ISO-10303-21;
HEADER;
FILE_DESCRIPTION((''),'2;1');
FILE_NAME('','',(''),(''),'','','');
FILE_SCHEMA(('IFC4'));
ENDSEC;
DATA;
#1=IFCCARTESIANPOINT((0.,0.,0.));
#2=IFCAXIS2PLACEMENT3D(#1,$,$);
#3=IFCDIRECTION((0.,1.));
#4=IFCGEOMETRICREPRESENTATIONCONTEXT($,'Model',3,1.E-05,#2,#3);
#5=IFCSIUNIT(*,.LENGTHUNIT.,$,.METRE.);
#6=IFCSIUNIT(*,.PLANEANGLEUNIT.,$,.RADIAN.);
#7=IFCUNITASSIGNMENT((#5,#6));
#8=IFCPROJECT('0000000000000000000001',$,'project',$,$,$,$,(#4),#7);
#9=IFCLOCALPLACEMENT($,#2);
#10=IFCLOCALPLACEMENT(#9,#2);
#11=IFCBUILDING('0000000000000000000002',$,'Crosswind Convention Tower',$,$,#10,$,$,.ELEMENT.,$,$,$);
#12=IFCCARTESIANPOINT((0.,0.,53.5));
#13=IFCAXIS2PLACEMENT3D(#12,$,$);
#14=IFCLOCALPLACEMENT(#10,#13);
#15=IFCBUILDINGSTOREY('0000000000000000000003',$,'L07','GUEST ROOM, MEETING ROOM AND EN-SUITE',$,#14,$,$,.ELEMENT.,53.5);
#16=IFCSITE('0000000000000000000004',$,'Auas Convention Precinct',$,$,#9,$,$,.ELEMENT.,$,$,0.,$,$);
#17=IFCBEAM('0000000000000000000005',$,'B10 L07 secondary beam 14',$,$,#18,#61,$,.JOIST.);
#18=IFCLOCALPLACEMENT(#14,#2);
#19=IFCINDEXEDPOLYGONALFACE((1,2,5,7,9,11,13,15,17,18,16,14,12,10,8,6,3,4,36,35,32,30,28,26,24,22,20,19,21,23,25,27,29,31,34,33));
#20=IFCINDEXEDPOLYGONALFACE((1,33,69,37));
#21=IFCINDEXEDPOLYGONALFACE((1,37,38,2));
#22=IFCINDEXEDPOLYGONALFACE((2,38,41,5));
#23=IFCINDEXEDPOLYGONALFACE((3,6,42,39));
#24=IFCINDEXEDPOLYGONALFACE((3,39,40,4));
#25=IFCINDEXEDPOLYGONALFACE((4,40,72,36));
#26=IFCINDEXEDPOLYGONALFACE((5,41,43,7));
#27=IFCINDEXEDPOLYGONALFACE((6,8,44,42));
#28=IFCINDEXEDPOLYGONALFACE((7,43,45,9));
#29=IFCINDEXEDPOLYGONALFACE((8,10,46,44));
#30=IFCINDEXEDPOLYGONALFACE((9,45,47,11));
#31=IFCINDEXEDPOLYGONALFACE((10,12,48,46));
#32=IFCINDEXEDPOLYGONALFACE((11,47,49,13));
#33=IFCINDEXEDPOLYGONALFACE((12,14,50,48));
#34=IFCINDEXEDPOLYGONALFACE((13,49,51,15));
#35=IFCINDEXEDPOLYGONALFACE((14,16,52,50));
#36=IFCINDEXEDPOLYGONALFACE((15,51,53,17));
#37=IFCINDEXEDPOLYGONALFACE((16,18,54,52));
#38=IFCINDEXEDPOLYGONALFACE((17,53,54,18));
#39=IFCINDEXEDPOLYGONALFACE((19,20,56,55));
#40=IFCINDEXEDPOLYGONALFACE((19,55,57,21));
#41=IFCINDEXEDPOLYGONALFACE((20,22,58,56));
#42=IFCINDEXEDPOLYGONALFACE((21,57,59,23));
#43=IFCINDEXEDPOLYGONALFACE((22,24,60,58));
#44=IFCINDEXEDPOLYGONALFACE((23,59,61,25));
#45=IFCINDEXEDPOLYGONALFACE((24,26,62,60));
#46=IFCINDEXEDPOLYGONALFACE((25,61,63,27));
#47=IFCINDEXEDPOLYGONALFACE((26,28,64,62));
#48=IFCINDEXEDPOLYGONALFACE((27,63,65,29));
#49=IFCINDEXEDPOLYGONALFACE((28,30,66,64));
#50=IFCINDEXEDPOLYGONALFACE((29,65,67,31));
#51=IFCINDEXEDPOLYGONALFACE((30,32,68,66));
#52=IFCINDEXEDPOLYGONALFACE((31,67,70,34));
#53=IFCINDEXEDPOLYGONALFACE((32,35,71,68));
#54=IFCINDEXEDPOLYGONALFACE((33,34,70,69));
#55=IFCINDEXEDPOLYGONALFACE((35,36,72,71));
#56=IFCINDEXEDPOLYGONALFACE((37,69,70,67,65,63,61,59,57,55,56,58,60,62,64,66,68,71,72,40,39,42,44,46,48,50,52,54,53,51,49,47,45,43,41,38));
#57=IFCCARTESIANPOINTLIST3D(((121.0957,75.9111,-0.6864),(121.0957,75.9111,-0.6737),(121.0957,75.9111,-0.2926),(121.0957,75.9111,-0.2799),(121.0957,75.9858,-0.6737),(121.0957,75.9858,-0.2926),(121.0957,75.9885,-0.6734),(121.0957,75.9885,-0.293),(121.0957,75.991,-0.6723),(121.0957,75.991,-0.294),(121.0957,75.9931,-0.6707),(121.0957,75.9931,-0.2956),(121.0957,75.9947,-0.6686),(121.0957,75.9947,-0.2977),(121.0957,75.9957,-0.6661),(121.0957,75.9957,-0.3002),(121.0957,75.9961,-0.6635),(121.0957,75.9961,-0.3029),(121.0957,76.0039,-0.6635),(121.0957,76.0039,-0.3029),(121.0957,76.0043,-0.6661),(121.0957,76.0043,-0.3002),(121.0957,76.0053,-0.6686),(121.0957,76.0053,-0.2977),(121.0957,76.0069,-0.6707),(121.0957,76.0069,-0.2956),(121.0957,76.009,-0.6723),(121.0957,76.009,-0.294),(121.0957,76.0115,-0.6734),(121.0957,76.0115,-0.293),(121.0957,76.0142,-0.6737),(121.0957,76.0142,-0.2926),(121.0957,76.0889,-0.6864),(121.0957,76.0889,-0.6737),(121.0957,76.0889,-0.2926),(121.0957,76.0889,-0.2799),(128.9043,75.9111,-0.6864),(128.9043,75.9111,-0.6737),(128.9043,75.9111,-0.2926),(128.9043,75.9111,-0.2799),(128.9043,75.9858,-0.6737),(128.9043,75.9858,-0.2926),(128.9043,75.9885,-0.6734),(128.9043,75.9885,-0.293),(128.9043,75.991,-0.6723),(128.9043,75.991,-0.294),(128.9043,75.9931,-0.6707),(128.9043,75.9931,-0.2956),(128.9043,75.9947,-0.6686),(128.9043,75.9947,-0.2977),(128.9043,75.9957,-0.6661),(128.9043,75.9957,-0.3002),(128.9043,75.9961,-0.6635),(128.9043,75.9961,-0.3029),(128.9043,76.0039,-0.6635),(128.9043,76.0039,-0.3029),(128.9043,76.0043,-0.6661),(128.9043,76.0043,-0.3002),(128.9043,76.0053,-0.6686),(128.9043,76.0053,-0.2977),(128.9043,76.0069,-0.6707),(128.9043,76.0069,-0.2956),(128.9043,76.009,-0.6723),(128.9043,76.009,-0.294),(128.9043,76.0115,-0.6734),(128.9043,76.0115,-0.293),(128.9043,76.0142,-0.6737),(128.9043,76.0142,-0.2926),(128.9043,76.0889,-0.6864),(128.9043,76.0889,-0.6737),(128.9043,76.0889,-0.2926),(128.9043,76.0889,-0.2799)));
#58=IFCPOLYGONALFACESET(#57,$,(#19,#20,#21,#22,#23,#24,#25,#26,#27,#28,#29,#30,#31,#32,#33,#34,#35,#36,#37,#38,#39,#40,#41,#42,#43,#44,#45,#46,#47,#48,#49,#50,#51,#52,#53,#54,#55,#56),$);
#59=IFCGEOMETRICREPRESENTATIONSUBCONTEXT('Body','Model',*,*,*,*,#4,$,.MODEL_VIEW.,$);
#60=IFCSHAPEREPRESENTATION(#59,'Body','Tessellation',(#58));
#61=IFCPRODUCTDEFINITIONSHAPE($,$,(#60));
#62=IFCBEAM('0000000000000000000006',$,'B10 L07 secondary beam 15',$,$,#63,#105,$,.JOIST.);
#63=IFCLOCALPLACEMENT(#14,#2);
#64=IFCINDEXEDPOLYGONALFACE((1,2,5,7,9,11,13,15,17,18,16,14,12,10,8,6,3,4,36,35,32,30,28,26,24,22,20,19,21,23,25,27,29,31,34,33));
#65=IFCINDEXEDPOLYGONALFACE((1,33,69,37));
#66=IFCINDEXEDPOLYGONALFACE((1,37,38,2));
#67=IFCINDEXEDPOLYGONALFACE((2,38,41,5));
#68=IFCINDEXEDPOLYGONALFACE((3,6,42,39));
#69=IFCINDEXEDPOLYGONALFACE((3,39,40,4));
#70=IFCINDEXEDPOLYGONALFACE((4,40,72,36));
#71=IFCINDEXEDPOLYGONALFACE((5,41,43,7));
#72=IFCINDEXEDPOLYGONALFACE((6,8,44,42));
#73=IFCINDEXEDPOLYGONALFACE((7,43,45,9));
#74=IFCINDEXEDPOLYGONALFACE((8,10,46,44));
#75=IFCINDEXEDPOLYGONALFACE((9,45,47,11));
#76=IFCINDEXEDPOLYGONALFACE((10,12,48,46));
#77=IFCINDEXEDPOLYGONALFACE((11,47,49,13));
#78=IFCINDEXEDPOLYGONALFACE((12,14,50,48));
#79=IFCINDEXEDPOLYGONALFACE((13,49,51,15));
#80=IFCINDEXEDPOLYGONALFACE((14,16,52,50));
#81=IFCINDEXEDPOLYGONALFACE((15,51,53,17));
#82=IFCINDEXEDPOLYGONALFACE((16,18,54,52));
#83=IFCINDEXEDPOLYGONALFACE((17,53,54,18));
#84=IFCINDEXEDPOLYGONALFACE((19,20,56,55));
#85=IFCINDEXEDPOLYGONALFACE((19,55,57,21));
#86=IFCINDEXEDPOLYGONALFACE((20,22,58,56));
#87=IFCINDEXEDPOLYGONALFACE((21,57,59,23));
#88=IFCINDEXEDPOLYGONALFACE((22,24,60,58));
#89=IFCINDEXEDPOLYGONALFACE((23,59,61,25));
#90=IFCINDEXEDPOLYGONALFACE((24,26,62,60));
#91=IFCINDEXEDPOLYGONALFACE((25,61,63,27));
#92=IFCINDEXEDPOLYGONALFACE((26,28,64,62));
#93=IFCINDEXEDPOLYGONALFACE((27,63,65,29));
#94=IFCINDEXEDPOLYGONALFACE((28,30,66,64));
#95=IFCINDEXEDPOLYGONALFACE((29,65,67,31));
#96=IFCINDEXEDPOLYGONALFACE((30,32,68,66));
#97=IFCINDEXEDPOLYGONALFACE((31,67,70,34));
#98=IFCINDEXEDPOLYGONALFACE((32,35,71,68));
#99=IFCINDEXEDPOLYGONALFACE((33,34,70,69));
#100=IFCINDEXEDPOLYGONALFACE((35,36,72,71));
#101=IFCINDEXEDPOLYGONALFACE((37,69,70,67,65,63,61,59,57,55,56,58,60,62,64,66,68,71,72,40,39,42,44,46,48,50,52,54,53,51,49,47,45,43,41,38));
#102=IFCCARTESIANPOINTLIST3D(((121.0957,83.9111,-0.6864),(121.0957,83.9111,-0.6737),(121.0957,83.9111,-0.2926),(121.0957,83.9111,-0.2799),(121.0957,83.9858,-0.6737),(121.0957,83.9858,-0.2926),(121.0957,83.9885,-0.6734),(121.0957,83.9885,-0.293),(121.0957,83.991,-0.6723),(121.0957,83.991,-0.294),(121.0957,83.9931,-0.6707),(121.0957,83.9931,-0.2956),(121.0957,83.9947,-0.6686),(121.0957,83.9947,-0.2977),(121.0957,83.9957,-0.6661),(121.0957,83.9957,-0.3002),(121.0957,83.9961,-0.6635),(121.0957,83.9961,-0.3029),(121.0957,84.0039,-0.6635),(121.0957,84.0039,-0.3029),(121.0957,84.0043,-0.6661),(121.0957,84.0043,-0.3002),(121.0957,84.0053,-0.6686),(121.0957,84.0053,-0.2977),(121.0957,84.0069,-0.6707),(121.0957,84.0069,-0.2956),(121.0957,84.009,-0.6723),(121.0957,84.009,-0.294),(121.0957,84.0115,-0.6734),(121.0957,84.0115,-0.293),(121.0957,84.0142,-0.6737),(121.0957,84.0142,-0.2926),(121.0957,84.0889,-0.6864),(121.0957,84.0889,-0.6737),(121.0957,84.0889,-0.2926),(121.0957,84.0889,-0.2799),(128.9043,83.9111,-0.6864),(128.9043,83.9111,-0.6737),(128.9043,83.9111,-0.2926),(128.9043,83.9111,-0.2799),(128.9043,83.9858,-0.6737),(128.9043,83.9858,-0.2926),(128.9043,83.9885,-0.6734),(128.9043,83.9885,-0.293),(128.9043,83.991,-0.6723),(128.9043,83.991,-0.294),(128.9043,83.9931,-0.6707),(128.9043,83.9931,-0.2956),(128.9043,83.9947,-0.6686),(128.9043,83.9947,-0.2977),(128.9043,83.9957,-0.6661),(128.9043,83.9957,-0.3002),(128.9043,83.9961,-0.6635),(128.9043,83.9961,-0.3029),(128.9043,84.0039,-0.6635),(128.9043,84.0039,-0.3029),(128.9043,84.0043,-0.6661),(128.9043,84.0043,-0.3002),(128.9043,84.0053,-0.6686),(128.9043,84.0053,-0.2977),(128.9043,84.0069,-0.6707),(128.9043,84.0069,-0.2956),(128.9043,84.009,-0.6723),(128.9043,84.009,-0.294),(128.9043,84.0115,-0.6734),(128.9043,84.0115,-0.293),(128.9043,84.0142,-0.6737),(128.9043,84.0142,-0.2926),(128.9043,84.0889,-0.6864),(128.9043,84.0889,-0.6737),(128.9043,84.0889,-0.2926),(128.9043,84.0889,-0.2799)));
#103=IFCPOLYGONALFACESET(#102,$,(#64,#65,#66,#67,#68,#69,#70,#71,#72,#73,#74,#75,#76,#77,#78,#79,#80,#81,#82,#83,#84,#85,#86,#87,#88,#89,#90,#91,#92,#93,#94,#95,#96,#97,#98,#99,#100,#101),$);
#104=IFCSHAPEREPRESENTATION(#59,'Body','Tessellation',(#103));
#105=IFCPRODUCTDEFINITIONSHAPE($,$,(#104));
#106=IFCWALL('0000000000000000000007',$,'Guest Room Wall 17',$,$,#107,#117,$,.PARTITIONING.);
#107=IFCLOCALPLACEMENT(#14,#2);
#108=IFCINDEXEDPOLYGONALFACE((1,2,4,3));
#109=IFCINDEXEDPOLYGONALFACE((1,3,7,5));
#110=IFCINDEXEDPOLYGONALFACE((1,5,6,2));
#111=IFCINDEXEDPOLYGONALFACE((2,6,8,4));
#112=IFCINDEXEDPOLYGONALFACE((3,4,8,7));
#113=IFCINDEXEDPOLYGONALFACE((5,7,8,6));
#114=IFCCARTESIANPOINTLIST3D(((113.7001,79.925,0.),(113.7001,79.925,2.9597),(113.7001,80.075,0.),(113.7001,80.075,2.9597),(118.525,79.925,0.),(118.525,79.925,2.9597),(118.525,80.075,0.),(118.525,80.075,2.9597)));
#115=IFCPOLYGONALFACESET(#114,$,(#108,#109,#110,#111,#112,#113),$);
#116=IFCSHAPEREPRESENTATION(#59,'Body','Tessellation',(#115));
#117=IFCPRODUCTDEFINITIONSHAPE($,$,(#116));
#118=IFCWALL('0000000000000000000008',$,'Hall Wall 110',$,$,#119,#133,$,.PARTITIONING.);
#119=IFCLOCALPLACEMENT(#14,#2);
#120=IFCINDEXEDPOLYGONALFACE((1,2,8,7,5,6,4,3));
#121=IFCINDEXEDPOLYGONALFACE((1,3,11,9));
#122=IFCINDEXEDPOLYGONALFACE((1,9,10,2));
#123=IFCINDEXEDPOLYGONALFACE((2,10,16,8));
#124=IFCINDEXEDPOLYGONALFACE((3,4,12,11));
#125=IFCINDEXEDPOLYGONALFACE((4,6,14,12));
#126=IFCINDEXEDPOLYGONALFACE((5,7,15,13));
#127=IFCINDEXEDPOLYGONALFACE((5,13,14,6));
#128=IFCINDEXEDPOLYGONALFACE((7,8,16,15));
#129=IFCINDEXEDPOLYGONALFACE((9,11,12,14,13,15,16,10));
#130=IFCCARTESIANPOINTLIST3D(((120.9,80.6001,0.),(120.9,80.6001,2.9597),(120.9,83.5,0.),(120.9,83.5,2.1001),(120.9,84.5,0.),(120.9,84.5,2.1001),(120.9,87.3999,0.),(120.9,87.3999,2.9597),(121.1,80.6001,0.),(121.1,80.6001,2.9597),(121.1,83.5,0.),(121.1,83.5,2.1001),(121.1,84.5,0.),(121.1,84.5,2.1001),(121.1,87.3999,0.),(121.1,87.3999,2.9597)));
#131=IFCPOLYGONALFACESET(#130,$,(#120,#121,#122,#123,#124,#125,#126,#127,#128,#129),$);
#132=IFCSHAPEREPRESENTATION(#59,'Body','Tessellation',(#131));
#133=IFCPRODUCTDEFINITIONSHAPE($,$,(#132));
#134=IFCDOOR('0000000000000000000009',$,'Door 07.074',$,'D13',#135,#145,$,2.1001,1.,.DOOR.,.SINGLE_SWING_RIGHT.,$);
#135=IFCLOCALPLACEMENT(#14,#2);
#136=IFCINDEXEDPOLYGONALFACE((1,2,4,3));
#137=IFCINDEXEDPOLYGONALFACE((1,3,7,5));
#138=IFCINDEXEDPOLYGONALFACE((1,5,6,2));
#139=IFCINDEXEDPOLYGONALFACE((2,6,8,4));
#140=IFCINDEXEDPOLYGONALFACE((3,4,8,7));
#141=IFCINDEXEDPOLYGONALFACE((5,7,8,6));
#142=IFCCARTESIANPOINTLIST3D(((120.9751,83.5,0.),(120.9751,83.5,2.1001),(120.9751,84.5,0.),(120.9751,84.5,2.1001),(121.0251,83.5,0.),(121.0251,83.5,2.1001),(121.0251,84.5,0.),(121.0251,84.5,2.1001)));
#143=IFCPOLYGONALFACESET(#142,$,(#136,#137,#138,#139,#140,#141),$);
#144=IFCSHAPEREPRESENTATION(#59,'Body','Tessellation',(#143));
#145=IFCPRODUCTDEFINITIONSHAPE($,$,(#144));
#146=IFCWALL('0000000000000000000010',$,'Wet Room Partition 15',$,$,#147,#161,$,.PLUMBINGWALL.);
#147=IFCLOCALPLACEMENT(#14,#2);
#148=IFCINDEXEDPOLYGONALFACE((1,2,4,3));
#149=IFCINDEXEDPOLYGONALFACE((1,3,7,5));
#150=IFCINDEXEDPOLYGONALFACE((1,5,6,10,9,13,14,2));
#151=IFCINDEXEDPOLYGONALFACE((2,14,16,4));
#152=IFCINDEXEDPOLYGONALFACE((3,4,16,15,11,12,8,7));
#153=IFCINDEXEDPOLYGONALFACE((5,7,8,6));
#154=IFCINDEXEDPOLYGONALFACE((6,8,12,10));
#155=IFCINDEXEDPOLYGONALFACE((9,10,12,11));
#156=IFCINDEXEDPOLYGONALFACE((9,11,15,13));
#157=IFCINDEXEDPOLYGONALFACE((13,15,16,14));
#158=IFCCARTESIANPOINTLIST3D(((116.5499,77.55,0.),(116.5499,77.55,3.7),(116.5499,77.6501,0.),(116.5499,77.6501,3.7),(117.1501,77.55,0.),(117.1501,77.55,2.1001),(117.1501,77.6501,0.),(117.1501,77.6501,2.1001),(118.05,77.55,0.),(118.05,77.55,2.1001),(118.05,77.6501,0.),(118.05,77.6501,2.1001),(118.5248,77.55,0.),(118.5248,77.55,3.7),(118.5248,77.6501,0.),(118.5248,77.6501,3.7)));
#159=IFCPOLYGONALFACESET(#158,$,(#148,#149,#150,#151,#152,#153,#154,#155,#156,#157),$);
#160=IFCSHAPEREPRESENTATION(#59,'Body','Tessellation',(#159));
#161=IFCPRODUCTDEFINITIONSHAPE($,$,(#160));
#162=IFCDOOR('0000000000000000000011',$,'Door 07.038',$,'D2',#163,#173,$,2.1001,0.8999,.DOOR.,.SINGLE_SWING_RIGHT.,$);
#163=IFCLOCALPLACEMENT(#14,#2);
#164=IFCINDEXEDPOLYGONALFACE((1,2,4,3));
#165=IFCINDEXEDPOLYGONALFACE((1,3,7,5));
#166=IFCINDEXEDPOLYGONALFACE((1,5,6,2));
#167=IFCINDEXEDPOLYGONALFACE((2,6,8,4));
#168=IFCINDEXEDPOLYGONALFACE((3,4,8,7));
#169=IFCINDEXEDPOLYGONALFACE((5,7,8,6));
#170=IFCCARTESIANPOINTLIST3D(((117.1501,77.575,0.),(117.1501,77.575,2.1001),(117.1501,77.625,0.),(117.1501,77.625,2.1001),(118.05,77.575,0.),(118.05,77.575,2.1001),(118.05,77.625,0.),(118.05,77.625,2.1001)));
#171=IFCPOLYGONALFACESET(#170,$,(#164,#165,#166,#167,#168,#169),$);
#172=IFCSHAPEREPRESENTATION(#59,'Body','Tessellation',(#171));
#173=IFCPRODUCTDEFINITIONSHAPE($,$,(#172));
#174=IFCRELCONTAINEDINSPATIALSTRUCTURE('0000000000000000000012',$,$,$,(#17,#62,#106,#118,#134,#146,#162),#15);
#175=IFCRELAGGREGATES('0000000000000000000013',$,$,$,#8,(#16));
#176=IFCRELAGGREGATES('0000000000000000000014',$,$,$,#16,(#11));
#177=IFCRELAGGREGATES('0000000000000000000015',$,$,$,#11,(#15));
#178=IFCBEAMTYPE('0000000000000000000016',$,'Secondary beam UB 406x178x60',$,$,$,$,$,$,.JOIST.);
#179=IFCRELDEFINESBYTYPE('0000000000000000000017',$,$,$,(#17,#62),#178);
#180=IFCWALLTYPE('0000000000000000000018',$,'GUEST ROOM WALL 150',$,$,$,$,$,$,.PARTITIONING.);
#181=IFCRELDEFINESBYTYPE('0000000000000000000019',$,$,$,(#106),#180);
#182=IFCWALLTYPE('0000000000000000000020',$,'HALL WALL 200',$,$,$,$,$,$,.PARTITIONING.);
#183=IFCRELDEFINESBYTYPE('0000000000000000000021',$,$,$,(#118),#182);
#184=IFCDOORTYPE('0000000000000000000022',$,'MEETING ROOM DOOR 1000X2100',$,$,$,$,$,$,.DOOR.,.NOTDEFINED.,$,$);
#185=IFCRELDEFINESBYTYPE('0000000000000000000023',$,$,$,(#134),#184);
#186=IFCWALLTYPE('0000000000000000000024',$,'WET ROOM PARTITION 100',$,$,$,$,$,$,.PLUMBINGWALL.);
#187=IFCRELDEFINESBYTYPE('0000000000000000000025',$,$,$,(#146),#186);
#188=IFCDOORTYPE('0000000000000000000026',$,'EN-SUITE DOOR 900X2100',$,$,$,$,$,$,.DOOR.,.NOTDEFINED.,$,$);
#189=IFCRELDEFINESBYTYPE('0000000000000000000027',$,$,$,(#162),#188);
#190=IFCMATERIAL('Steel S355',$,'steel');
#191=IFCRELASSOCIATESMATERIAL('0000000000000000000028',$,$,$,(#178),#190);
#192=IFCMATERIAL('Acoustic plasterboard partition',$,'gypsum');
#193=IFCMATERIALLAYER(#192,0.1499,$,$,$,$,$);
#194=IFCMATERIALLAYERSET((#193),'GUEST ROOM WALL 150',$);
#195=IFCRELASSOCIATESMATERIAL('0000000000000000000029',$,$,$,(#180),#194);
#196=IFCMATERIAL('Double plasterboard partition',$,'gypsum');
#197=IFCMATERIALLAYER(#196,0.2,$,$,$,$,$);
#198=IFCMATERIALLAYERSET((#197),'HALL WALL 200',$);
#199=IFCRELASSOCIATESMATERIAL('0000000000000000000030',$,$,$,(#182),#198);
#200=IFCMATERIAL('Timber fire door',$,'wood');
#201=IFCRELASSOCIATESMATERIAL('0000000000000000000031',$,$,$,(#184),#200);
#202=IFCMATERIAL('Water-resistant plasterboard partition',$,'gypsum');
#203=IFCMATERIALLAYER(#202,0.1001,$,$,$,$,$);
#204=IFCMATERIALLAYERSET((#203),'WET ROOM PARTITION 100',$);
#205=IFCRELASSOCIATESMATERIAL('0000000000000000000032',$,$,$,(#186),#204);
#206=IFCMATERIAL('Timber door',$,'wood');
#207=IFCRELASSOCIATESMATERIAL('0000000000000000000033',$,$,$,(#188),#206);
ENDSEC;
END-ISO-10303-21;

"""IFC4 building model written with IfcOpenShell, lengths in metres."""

from ifc_helpers import new_model, si_unit, direction, frame, frame_2d, origin, origin_2d, place, context, subcontext, project, spatial, rectangle, i_section, extrude, material, layer, layer_set, material_profile, profile_set, type_object, element, fill, save


model = new_model("IFC4")

# Units and contexts
model_context = context("Model", 3, precision=1e-05, world=origin(), true_north=direction((0.0, 1.0)))
body_context = subcontext(model_context, "Body", "Model", "MODEL_VIEW")
ifc_project = project(units=[si_unit("LENGTHUNIT", "METRE"), si_unit("PLANEANGLEUNIT", "RADIAN")], contexts=[model_context])

# Site, building, storey
site_placement = place(None, origin())
site = spatial("IfcSite", under=ifc_project, at=site_placement, Name="Auas Convention Precinct", CompositionType="ELEMENT", RefElevation=0.0)
building_placement = place(site_placement, origin())
building = spatial("IfcBuilding", under=site, at=building_placement, Name="Crosswind Convention Tower", CompositionType="ELEMENT")
storey_placement = place(building_placement, frame((0.0, 0.0, 53.5)))
storey = spatial("IfcBuildingStorey", under=building, at=storey_placement, Name="L07", Description="GUEST ROOM, MEETING ROOM AND EN-SUITE", CompositionType="ELEMENT", Elevation=53.5)

# Beams
ifc_material_1 = material(Name="Steel S355", Category="steel")
ifc_material_profile_1 = material_profile(ifc_material_1, i_section(OverallWidth=0.1777, OverallDepth=0.4065, WebThickness=0.0078, FlangeThickness=0.0127, FilletRadius=0.0103, at=origin_2d()), Name="UB 406x178x60")
ifc_profile_set_1 = profile_set([ifc_material_profile_1], Name="Steel S355")
beam_type_1 = type_object("IfcBeamType", Name="Secondary beam UB 406x178x60", PredefinedType="JOIST", material=ifc_profile_set_1)
for number, where, z_axis, x_axis, name in (
    (1, (121.0957, 76.0, -0.4832), (1.0, 0.0, 0.0), (0.0, 1.0, 0.0), "B10 L07 secondary beam 14"),
    (2, (121.0957, 84.0, -0.4832), (1.0, 0.0, 0.0), (0.0, 1.0, 0.0), "B10 L07 secondary beam 15"),
):
    element("IfcBeam", number, at=place(storey_placement, frame(where, z_axis=z_axis, x_axis=x_axis)), inside=storey, type_object=beam_type_1, Name=name, PredefinedType="JOIST", context=body_context, shape_type="SweptSolid", body=[
        extrude(i_section(OverallWidth=0.1777, OverallDepth=0.4065, WebThickness=0.0078, FlangeThickness=0.0127, FilletRadius=0.0103, at=origin_2d()), origin(), (0.0, 0.0, 1.0), 7.8086),
    ])

# Wall
ifc_material_2 = material(Name="Acoustic plasterboard partition", Category="gypsum")
ifc_layer_1 = layer(ifc_material_2, 0.1499)
ifc_layer_set_1 = layer_set([ifc_layer_1], Name="GUEST ROOM WALL 150")
wall_type_1 = type_object("IfcWallType", Name="GUEST ROOM WALL 150", PredefinedType="PARTITIONING", material=ifc_layer_set_1)
wall_1_placement = place(storey_placement, frame((113.7, 80.0, 0.0), z_axis=(0.0, 0.0, 1.0), x_axis=(1.0, 0.0, 0.0)))
element("IfcWall", 3, at=wall_1_placement, inside=storey, type_object=wall_type_1, Name="Guest Room Wall 17", PredefinedType="PARTITIONING", context=body_context, shape_type="SweptSolid", body=[
    extrude(rectangle(XDim=4.825, YDim=0.1499, at=frame_2d((2.4126, 0.0))), origin(), (0.0, 0.0, 1.0), 2.9597),
])

# Walls, openings, doors
ifc_material_3 = material(Name="Double plasterboard partition", Category="gypsum")
ifc_layer_2 = layer(ifc_material_3, 0.2)
ifc_layer_set_2 = layer_set([ifc_layer_2], Name="HALL WALL 200")
wall_type_2 = type_object("IfcWallType", Name="HALL WALL 200", PredefinedType="PARTITIONING", material=ifc_layer_set_2)
wall_2_placement = place(storey_placement, frame((121.0, 80.6001, 0.0), z_axis=(0.0, 0.0, 1.0), x_axis=(0.0, 1.0, 0.0)))
wall_2 = element("IfcWall", 4, at=wall_2_placement, inside=storey, type_object=wall_type_2, Name="Hall Wall 110", PredefinedType="PARTITIONING", context=body_context, shape_type="SweptSolid", body=[
    extrude(rectangle(XDim=6.7998, YDim=0.2, at=frame_2d((3.3999, 0.0))), origin(), (0.0, 0.0, 1.0), 2.9597),
])
opening_1_placement = place(wall_2_placement, frame((2.8999, 0.0, 0.0)))
opening_1 = element("IfcOpeningElement", 5, at=opening_1_placement, cuts=wall_2, PredefinedType="OPENING", context=body_context, shape_type="SweptSolid", body=[
    extrude(rectangle(XDim=1.0, YDim=2.1001, at=frame_2d((0.5, 1.05))), frame((0.0, 0.1099, 0.0), z_axis=(0.0, -1.0, 0.0), x_axis=(1.0, 0.0, 0.0)), (0.0, 0.0, 1.0), 0.22),
])
ifc_material_4 = material(Name="Timber fire door", Category="wood")
door_type_1 = type_object("IfcDoorType", Name="MEETING ROOM DOOR 1000X2100", OperationType="NOTDEFINED", PredefinedType="DOOR", material=ifc_material_4)
door_1_placement = place(opening_1_placement, origin())
door_1 = element("IfcDoor", 6, at=door_1_placement, inside=storey, type_object=door_type_1, Name="Door 07.074", ObjectType="D13", OperationType="SINGLE_SWING_RIGHT", OverallHeight=2.1001, OverallWidth=1.0, PredefinedType="DOOR", context=body_context, shape_type="SweptSolid", body=[
    extrude(rectangle(XDim=1.0, YDim=2.1001, at=frame_2d((0.5, 1.05))), frame((0.0, 0.0249, 0.0), z_axis=(0.0, -1.0, 0.0), x_axis=(1.0, 0.0, 0.0)), (0.0, 0.0, 1.0), 0.05),
])
fill(opening_1, door_1)
ifc_material_5 = material(Name="Water-resistant plasterboard partition", Category="gypsum")
ifc_layer_3 = layer(ifc_material_5, 0.1001)
ifc_layer_set_3 = layer_set([ifc_layer_3], Name="WET ROOM PARTITION 100")
wall_type_3 = type_object("IfcWallType", Name="WET ROOM PARTITION 100", PredefinedType="PLUMBINGWALL", material=ifc_layer_set_3)
wall_3_placement = place(storey_placement, frame((116.55, 77.6001, 0.0), z_axis=(0.0, 0.0, 1.0), x_axis=(1.0, 0.0, 0.0)))
wall_3 = element("IfcWall", 7, at=wall_3_placement, inside=storey, type_object=wall_type_3, Name="Wet Room Partition 15", PredefinedType="PLUMBINGWALL", context=body_context, shape_type="SweptSolid", body=[
    extrude(rectangle(XDim=1.9749, YDim=0.1001, at=frame_2d((0.9873, 0.0))), origin(), (0.0, 0.0, 1.0), 3.7),
])
opening_2_placement = place(wall_3_placement, frame((0.6001, 0.0, 0.0)))
opening_2 = element("IfcOpeningElement", 8, at=opening_2_placement, cuts=wall_3, PredefinedType="OPENING", context=body_context, shape_type="SweptSolid", body=[
    extrude(rectangle(XDim=0.8999, YDim=2.1001, at=frame_2d((0.45, 1.05))), frame((0.0, 0.0601, 0.0), z_axis=(0.0, -1.0, 0.0), x_axis=(1.0, 0.0, 0.0)), (0.0, 0.0, 1.0), 0.1201),
])
ifc_material_6 = material(Name="Timber door", Category="wood")
door_type_2 = type_object("IfcDoorType", Name="EN-SUITE DOOR 900X2100", OperationType="NOTDEFINED", PredefinedType="DOOR", material=ifc_material_6)
door_2_placement = place(opening_2_placement, origin())
door_2 = element("IfcDoor", 9, at=door_2_placement, inside=storey, type_object=door_type_2, Name="Door 07.038", ObjectType="D2", OperationType="SINGLE_SWING_RIGHT", OverallHeight=2.1001, OverallWidth=0.8999, PredefinedType="DOOR", context=body_context, shape_type="SweptSolid", body=[
    extrude(rectangle(XDim=0.8999, YDim=2.1001, at=frame_2d((0.45, 1.05))), frame((0.0, 0.0249, 0.0), z_axis=(0.0, -1.0, 0.0), x_axis=(1.0, 0.0, 0.0)), (0.0, 0.0, 1.0), 0.05),
])
fill(opening_2, door_2)

save(model, "model.ifc")
